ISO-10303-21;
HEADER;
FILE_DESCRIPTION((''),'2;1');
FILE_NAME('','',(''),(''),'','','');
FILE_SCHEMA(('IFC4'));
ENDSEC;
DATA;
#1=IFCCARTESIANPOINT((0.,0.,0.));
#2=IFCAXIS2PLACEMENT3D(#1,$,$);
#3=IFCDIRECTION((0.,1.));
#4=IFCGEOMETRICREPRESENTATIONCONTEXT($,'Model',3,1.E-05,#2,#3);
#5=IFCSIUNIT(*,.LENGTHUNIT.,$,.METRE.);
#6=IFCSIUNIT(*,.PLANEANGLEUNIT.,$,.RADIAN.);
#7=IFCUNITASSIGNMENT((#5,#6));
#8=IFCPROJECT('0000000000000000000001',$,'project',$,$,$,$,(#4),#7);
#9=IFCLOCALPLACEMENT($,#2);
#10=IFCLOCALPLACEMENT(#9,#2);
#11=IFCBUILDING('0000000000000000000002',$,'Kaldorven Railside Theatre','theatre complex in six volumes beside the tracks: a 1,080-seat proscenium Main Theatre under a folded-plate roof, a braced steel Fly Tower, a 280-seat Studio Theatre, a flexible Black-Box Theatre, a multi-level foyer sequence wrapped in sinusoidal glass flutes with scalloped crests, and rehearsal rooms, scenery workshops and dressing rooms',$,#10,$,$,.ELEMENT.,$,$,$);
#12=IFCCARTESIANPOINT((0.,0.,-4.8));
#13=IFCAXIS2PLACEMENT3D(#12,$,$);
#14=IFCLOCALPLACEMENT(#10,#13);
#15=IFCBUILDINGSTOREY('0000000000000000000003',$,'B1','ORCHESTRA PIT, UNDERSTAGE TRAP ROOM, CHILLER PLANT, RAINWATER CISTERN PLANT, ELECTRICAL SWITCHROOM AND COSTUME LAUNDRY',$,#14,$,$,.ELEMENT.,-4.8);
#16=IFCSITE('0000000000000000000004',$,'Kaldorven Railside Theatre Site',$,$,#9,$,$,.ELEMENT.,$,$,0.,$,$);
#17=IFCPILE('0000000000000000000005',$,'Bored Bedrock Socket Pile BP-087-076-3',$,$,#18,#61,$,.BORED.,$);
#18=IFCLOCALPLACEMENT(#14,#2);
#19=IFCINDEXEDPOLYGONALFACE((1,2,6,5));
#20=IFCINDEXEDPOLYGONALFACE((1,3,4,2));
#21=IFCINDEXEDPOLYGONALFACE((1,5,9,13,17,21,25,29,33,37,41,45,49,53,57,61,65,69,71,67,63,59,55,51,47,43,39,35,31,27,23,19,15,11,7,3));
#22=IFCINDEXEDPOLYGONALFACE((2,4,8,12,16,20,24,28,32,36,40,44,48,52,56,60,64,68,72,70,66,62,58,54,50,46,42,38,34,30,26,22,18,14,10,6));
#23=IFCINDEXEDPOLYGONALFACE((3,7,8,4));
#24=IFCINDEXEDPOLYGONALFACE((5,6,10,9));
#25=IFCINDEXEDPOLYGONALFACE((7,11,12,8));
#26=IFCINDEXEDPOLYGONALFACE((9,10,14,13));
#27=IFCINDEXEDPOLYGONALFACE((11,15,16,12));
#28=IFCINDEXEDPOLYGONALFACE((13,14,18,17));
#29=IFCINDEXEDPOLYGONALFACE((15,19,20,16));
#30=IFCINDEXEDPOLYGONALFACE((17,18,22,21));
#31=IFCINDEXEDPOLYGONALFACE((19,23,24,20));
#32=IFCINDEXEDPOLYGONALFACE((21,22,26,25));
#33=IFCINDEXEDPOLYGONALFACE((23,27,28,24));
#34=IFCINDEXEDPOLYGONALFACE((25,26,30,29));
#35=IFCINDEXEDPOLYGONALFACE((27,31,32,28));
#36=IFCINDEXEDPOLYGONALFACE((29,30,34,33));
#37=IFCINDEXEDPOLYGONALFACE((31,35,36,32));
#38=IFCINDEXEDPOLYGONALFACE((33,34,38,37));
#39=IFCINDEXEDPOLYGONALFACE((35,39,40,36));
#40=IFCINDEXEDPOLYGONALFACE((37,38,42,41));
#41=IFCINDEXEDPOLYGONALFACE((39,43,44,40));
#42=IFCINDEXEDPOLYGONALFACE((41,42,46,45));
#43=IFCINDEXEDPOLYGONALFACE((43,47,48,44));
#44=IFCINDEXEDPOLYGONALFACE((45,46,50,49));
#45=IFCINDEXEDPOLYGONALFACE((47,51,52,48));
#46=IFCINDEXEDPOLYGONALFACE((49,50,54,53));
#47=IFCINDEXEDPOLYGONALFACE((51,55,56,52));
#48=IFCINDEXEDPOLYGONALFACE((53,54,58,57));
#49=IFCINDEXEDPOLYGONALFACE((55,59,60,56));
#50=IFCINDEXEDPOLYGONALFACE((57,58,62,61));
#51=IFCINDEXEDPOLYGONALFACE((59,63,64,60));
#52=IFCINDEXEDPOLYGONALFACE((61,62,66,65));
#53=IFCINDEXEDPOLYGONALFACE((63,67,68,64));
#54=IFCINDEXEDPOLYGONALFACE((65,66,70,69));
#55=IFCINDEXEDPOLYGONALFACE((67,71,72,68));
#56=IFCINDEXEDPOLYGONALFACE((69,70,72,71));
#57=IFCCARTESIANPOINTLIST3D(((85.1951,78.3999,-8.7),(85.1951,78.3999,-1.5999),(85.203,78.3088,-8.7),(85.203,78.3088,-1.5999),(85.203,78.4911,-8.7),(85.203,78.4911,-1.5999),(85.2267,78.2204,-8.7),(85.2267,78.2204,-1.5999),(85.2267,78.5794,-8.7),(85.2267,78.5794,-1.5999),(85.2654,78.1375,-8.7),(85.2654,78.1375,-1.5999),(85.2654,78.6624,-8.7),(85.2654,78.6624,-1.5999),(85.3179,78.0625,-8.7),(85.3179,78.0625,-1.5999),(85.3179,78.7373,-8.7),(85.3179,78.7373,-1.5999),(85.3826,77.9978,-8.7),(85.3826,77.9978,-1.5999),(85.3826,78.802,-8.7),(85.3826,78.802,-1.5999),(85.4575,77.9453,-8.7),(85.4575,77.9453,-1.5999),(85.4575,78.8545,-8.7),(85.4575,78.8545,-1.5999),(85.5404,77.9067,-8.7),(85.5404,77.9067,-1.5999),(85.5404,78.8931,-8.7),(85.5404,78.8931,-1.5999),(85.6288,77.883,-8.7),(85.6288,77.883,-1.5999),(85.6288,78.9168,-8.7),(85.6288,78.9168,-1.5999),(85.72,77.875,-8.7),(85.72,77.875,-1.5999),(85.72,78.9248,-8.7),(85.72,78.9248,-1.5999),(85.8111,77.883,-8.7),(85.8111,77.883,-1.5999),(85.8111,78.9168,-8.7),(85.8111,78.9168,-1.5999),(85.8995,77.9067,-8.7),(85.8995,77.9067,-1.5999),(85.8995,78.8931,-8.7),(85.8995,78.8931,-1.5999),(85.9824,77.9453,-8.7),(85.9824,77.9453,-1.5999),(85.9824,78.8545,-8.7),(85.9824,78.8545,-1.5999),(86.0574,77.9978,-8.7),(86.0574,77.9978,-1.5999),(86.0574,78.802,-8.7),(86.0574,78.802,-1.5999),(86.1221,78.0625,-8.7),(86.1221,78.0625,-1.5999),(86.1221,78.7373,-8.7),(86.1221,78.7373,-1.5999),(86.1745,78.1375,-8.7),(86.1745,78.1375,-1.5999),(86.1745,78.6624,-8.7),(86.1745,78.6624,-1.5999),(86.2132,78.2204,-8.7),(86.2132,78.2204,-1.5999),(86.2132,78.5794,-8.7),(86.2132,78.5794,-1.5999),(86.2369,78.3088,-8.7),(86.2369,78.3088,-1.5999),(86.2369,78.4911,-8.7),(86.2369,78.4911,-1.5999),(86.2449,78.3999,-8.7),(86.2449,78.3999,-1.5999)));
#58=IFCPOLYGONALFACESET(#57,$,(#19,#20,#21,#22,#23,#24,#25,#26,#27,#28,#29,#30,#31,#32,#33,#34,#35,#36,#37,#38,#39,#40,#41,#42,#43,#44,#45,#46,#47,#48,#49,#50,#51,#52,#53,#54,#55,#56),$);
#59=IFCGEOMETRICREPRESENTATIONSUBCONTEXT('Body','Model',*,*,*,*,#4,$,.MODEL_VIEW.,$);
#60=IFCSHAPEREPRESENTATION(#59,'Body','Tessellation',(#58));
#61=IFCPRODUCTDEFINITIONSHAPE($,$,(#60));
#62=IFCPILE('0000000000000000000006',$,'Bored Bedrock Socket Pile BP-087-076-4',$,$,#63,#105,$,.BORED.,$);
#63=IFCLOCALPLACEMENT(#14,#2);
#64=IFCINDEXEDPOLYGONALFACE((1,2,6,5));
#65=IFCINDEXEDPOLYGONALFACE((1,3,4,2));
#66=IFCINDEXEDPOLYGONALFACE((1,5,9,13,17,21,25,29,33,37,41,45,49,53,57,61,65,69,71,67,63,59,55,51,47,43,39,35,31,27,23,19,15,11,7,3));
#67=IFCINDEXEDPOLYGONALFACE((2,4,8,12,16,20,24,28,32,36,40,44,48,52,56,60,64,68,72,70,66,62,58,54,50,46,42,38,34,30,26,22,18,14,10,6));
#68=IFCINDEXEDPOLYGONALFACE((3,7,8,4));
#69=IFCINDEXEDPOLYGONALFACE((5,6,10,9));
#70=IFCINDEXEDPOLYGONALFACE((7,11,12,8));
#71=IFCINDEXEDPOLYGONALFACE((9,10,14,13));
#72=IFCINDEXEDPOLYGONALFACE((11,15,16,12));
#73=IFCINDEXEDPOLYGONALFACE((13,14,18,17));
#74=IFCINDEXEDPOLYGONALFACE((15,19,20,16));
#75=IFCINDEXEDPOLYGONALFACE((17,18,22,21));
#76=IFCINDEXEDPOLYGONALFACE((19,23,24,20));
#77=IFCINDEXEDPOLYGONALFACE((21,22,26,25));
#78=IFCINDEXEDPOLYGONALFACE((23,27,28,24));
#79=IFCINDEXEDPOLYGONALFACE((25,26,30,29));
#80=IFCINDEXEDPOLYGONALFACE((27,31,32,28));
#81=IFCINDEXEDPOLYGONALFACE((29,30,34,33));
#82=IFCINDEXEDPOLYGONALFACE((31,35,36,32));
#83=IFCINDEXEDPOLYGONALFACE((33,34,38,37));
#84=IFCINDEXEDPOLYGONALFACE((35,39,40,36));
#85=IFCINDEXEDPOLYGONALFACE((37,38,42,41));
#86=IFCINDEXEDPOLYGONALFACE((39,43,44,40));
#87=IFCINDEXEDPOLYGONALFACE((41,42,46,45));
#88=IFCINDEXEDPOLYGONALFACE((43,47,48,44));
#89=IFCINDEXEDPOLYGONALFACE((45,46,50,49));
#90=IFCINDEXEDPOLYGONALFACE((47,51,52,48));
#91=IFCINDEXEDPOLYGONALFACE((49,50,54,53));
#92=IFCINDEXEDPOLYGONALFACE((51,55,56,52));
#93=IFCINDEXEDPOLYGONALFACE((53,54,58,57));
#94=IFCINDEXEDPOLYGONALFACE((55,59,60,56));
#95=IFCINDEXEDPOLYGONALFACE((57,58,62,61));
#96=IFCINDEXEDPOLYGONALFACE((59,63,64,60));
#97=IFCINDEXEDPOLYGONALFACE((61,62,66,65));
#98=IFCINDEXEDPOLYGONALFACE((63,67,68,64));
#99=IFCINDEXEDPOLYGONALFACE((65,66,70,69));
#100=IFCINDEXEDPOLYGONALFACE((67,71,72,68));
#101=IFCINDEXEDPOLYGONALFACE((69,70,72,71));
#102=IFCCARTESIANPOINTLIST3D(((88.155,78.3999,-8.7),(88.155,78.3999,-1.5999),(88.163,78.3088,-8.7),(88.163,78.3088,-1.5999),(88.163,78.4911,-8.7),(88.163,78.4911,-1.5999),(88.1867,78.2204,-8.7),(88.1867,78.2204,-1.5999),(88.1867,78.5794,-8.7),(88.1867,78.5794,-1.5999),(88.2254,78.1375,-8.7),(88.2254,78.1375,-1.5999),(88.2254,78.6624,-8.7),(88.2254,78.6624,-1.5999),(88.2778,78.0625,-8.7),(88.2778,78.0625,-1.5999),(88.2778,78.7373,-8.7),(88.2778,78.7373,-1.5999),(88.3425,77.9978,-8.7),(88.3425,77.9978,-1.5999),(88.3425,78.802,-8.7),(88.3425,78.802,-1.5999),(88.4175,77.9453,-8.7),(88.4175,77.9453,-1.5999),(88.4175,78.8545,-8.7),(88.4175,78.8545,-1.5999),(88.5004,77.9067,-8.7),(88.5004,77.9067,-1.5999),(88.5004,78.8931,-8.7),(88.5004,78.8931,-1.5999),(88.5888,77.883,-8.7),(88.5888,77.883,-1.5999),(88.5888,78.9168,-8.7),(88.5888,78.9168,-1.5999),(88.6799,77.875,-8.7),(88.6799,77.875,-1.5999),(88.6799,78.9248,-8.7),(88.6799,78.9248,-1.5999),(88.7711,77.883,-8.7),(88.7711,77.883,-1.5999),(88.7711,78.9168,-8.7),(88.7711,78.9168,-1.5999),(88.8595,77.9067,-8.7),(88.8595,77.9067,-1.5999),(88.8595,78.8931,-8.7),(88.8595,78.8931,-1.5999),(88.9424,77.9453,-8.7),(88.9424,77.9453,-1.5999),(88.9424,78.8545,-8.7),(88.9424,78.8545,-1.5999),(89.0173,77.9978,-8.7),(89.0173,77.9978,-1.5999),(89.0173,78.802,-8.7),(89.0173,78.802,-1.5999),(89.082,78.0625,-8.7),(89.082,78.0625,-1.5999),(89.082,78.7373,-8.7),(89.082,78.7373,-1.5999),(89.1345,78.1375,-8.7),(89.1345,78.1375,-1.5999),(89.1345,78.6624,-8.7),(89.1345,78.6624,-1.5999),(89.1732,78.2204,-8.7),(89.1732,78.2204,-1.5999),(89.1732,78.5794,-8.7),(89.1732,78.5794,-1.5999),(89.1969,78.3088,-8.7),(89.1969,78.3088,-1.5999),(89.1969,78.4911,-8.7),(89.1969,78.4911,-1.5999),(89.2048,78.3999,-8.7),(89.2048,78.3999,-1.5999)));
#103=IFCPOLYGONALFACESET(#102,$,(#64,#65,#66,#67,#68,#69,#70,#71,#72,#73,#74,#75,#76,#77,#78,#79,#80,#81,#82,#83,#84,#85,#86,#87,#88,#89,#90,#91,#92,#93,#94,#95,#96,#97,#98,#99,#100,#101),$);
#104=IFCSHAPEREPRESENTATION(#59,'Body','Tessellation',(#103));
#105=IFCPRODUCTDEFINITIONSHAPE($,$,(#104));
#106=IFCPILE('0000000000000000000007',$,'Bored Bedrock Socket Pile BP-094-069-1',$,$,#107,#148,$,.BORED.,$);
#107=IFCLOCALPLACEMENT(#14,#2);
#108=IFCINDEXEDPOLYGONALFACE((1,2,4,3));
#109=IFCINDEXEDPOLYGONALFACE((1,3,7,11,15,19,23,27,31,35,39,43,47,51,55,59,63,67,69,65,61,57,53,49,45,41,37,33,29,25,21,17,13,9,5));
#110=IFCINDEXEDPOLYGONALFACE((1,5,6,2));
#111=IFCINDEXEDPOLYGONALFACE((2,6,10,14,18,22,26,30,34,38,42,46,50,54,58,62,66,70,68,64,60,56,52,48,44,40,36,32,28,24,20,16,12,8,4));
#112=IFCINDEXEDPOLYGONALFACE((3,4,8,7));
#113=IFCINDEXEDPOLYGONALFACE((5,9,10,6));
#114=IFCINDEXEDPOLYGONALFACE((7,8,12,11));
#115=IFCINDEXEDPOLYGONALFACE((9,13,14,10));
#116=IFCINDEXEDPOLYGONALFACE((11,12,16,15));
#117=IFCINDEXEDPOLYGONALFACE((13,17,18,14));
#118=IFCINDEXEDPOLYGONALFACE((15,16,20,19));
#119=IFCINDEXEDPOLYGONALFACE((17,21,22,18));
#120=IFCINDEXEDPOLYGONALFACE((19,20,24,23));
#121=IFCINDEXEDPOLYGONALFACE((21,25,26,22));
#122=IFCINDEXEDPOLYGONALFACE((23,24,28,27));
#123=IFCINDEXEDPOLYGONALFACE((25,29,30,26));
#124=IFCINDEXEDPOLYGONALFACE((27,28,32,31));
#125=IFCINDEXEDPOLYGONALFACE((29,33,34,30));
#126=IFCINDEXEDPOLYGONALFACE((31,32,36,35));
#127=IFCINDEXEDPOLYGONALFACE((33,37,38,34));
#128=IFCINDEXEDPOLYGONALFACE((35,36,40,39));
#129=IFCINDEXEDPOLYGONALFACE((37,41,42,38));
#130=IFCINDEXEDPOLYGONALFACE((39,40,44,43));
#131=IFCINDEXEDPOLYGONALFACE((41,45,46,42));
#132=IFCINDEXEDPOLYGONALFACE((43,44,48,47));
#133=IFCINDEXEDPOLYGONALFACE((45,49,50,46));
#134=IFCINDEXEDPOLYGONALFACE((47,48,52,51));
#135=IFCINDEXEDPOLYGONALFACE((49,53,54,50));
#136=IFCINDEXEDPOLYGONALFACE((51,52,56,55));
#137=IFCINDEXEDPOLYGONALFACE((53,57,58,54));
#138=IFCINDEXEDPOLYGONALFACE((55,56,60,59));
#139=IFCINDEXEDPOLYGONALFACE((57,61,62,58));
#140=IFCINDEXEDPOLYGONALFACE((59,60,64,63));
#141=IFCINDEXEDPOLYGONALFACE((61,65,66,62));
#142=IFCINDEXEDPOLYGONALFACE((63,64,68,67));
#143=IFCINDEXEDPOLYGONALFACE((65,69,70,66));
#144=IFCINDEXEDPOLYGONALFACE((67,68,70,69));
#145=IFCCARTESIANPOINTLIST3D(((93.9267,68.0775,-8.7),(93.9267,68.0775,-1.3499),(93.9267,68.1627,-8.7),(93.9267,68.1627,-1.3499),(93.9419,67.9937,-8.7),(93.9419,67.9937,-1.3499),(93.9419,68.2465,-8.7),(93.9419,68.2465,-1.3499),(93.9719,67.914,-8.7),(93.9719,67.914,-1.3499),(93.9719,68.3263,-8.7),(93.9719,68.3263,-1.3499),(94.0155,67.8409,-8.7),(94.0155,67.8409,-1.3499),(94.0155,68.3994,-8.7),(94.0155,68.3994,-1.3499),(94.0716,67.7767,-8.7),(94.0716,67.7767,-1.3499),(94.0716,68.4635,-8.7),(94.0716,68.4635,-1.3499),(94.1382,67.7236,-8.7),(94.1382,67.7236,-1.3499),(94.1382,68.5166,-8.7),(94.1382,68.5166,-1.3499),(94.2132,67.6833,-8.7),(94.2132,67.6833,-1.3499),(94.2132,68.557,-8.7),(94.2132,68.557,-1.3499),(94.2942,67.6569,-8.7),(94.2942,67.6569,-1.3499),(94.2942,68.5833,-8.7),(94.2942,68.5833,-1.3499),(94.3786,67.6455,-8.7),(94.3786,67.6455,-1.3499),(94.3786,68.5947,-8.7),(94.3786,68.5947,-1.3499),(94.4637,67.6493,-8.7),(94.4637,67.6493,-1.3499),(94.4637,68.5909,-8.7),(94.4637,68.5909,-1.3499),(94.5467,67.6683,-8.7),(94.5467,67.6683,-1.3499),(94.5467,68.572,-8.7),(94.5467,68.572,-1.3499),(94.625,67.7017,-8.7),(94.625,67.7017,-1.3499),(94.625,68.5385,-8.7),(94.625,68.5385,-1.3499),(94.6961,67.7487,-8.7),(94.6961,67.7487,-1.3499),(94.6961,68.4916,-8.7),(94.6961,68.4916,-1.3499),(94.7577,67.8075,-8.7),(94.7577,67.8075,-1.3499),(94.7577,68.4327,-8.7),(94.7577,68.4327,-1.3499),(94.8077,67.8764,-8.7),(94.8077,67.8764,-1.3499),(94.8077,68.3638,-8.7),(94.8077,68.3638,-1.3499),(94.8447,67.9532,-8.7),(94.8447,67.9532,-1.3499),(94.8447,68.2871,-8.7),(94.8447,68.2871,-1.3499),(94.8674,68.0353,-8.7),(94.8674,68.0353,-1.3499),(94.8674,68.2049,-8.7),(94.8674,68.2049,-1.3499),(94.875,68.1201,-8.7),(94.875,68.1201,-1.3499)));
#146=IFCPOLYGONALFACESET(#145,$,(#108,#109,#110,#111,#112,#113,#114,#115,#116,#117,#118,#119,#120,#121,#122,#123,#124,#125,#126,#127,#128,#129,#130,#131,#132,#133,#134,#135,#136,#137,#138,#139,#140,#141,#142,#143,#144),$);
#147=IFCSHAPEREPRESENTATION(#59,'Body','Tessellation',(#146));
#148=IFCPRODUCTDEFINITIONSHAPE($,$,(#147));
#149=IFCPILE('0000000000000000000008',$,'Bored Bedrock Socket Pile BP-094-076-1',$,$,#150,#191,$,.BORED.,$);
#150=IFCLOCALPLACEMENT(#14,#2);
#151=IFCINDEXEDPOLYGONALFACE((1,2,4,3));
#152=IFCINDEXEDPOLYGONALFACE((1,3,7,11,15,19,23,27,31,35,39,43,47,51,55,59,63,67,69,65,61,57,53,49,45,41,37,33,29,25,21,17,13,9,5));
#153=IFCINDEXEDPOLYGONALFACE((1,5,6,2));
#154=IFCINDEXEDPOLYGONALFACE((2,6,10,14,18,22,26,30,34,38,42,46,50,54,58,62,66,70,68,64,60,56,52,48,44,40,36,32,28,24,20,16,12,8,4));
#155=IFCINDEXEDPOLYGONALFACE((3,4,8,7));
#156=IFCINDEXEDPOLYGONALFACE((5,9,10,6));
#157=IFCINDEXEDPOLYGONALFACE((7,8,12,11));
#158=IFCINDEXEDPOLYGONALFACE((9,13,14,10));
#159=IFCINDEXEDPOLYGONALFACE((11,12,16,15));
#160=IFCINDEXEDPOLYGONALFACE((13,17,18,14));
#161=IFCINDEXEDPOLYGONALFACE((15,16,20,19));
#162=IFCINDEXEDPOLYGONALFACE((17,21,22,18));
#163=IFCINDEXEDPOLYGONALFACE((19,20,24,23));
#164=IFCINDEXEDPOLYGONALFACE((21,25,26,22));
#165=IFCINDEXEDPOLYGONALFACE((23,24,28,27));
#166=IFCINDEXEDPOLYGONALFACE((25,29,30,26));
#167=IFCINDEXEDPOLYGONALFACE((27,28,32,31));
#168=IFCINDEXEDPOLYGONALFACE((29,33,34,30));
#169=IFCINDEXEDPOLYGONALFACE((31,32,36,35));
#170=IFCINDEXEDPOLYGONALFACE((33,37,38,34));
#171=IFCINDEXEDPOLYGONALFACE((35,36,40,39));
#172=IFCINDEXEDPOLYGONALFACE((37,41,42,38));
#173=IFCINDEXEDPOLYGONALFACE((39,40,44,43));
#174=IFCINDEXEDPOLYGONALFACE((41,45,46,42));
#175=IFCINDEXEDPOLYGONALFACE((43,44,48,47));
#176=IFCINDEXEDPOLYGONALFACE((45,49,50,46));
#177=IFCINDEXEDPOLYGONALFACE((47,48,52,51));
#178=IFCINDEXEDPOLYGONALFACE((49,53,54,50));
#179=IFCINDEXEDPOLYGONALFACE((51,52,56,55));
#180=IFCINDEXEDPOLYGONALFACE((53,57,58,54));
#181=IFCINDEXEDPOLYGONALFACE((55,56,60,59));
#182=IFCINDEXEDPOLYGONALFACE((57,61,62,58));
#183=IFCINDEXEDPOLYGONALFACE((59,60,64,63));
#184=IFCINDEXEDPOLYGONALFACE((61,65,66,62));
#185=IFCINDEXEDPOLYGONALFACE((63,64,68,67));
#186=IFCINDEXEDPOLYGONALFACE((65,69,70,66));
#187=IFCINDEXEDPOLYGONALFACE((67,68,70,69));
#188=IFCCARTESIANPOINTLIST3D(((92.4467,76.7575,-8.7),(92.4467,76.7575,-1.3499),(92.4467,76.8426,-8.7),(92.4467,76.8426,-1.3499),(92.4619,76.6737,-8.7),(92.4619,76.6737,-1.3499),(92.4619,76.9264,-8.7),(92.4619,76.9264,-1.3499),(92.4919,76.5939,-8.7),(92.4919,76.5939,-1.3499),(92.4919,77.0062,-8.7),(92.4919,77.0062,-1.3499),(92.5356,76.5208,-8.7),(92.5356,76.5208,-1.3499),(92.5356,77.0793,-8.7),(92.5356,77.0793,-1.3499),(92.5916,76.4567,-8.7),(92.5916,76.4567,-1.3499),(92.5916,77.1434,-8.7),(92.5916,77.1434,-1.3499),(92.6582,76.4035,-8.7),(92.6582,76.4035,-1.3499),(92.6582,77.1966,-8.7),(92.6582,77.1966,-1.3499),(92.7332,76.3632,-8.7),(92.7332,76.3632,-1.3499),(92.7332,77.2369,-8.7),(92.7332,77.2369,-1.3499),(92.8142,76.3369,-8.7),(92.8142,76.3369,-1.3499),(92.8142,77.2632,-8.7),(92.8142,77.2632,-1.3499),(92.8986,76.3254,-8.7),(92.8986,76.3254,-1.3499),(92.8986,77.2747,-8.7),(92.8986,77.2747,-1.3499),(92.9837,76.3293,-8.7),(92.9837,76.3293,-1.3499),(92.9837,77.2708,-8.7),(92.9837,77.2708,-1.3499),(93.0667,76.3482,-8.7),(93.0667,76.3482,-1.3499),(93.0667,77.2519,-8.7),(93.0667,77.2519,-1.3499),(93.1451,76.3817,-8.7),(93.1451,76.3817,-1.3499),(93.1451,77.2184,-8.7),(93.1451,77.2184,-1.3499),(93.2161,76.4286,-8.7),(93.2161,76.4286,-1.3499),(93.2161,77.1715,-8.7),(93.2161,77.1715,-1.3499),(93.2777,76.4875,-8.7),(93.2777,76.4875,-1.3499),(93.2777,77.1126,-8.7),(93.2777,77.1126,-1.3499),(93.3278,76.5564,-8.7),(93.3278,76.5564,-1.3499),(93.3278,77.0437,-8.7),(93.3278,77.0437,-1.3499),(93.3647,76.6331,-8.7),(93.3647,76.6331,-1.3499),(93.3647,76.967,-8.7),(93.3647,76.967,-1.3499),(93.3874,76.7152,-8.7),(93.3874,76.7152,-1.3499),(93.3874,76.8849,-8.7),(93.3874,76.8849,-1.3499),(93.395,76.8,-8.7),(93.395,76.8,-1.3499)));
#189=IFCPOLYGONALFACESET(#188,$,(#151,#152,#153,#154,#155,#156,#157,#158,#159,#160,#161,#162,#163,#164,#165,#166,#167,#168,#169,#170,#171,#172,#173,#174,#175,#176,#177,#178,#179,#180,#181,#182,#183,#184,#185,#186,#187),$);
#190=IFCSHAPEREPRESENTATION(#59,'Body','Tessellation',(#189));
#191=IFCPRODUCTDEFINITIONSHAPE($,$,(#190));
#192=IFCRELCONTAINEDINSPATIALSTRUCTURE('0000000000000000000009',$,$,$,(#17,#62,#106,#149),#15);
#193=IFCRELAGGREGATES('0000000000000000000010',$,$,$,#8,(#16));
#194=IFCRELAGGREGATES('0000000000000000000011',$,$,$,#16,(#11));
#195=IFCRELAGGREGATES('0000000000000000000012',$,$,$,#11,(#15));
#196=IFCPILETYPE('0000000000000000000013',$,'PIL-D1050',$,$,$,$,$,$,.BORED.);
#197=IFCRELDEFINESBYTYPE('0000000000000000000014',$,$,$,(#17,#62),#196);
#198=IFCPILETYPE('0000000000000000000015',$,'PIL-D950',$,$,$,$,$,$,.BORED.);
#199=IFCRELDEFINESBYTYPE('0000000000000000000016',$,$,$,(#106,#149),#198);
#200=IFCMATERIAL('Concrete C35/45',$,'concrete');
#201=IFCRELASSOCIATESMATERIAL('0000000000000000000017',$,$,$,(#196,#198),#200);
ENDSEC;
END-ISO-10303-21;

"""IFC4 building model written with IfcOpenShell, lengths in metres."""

from ifc_helpers import new_model, si_unit, direction, frame, origin, origin_2d, place, context, subcontext, project, spatial, circle, extrude, material, material_profile, profile_set, type_object, element, save


model = new_model("IFC4")

# Units and contexts
model_context = context("Model", 3, precision=1e-05, world=origin(), true_north=direction((0.0, 1.0)))
body_context = subcontext(model_context, "Body", "Model", "MODEL_VIEW")
ifc_project = project(units=[si_unit("LENGTHUNIT", "METRE"), si_unit("PLANEANGLEUNIT", "RADIAN")], contexts=[model_context])

# Site, building, storey
site_placement = place(None, origin())
site = spatial("IfcSite", under=ifc_project, at=site_placement, Name="Kaldorven Railside Theatre Site", CompositionType="ELEMENT", RefElevation=0.0)
building_placement = place(site_placement, origin())
building = spatial("IfcBuilding", under=site, at=building_placement, Name="Kaldorven Railside Theatre", Description="theatre complex in six volumes beside the tracks: a 1,080-seat proscenium Main Theatre under a folded-plate roof, a braced steel Fly Tower, a 280-seat Studio Theatre, a flexible Black-Box Theatre, a multi-level foyer sequence wrapped in sinusoidal glass flutes with scalloped crests, and rehearsal rooms, scenery workshops and dressing rooms", CompositionType="ELEMENT")
storey_placement = place(building_placement, frame((0.0, 0.0, -4.8)))
storey = spatial("IfcBuildingStorey", under=building, at=storey_placement, Name="B1", Description="ORCHESTRA PIT, UNDERSTAGE TRAP ROOM, CHILLER PLANT, RAINWATER CISTERN PLANT, ELECTRICAL SWITCHROOM AND COSTUME LAUNDRY", CompositionType="ELEMENT", Elevation=-4.8)

# Piles
ifc_material_1 = material(Name="Concrete C35/45", Category="concrete")
ifc_material_profile_1 = material_profile(ifc_material_1, circle(Radius=0.5249, at=origin_2d()), Name="BP D1050")
ifc_profile_set_1 = profile_set([ifc_material_profile_1], Name="Concrete C35/45")
pile_type_1 = type_object("IfcPileType", Name="PIL-D1050", PredefinedType="BORED", material=ifc_profile_set_1)
for number, where, z_axis, x_axis, name in (
    (1, (85.72, 78.3999, -1.5999), (0.0, 0.0, -1.0), (1.0, 0.0, 0.0), "Bored Bedrock Socket Pile BP-087-076-3"),
    (2, (88.6799, 78.3999, -1.5999), (0.0, 0.0, -1.0), (1.0, 0.0, 0.0), "Bored Bedrock Socket Pile BP-087-076-4"),
):
    element("IfcPile", number, at=place(storey_placement, frame(where, z_axis=z_axis, x_axis=x_axis)), inside=storey, type_object=pile_type_1, Name=name, PredefinedType="BORED", context=body_context, shape_type="SweptSolid", body=[
        extrude(circle(Radius=0.5249, at=origin_2d()), origin(), (0.0, 0.0, 1.0), 7.1001),
    ])
ifc_material_profile_2 = material_profile(ifc_material_1, circle(Radius=0.4751, at=origin_2d()), Name="BP D950")
ifc_profile_set_2 = profile_set([ifc_material_profile_2], Name="Concrete C35/45")
pile_type_2 = type_object("IfcPileType", Name="PIL-D950", PredefinedType="BORED", material=ifc_profile_set_2)
for number, where, z_axis, x_axis, name in (
    (3, (94.3999, 68.1201, -1.3499), (0.0, 0.0, -1.0), (1.0, 0.0, 0.0), "Bored Bedrock Socket Pile BP-094-069-1"),
    (4, (92.9199, 76.8, -1.3499), (0.0, 0.0, -1.0), (1.0, 0.0, 0.0), "Bored Bedrock Socket Pile BP-094-076-1"),
):
    element("IfcPile", number, at=place(storey_placement, frame(where, z_axis=z_axis, x_axis=x_axis)), inside=storey, type_object=pile_type_2, Name=name, PredefinedType="BORED", context=body_context, shape_type="SweptSolid", body=[
        extrude(circle(Radius=0.4751, at=origin_2d()), origin(), (0.0, 0.0, 1.0), 7.3501),
    ])

save(model, "model.ifc")
